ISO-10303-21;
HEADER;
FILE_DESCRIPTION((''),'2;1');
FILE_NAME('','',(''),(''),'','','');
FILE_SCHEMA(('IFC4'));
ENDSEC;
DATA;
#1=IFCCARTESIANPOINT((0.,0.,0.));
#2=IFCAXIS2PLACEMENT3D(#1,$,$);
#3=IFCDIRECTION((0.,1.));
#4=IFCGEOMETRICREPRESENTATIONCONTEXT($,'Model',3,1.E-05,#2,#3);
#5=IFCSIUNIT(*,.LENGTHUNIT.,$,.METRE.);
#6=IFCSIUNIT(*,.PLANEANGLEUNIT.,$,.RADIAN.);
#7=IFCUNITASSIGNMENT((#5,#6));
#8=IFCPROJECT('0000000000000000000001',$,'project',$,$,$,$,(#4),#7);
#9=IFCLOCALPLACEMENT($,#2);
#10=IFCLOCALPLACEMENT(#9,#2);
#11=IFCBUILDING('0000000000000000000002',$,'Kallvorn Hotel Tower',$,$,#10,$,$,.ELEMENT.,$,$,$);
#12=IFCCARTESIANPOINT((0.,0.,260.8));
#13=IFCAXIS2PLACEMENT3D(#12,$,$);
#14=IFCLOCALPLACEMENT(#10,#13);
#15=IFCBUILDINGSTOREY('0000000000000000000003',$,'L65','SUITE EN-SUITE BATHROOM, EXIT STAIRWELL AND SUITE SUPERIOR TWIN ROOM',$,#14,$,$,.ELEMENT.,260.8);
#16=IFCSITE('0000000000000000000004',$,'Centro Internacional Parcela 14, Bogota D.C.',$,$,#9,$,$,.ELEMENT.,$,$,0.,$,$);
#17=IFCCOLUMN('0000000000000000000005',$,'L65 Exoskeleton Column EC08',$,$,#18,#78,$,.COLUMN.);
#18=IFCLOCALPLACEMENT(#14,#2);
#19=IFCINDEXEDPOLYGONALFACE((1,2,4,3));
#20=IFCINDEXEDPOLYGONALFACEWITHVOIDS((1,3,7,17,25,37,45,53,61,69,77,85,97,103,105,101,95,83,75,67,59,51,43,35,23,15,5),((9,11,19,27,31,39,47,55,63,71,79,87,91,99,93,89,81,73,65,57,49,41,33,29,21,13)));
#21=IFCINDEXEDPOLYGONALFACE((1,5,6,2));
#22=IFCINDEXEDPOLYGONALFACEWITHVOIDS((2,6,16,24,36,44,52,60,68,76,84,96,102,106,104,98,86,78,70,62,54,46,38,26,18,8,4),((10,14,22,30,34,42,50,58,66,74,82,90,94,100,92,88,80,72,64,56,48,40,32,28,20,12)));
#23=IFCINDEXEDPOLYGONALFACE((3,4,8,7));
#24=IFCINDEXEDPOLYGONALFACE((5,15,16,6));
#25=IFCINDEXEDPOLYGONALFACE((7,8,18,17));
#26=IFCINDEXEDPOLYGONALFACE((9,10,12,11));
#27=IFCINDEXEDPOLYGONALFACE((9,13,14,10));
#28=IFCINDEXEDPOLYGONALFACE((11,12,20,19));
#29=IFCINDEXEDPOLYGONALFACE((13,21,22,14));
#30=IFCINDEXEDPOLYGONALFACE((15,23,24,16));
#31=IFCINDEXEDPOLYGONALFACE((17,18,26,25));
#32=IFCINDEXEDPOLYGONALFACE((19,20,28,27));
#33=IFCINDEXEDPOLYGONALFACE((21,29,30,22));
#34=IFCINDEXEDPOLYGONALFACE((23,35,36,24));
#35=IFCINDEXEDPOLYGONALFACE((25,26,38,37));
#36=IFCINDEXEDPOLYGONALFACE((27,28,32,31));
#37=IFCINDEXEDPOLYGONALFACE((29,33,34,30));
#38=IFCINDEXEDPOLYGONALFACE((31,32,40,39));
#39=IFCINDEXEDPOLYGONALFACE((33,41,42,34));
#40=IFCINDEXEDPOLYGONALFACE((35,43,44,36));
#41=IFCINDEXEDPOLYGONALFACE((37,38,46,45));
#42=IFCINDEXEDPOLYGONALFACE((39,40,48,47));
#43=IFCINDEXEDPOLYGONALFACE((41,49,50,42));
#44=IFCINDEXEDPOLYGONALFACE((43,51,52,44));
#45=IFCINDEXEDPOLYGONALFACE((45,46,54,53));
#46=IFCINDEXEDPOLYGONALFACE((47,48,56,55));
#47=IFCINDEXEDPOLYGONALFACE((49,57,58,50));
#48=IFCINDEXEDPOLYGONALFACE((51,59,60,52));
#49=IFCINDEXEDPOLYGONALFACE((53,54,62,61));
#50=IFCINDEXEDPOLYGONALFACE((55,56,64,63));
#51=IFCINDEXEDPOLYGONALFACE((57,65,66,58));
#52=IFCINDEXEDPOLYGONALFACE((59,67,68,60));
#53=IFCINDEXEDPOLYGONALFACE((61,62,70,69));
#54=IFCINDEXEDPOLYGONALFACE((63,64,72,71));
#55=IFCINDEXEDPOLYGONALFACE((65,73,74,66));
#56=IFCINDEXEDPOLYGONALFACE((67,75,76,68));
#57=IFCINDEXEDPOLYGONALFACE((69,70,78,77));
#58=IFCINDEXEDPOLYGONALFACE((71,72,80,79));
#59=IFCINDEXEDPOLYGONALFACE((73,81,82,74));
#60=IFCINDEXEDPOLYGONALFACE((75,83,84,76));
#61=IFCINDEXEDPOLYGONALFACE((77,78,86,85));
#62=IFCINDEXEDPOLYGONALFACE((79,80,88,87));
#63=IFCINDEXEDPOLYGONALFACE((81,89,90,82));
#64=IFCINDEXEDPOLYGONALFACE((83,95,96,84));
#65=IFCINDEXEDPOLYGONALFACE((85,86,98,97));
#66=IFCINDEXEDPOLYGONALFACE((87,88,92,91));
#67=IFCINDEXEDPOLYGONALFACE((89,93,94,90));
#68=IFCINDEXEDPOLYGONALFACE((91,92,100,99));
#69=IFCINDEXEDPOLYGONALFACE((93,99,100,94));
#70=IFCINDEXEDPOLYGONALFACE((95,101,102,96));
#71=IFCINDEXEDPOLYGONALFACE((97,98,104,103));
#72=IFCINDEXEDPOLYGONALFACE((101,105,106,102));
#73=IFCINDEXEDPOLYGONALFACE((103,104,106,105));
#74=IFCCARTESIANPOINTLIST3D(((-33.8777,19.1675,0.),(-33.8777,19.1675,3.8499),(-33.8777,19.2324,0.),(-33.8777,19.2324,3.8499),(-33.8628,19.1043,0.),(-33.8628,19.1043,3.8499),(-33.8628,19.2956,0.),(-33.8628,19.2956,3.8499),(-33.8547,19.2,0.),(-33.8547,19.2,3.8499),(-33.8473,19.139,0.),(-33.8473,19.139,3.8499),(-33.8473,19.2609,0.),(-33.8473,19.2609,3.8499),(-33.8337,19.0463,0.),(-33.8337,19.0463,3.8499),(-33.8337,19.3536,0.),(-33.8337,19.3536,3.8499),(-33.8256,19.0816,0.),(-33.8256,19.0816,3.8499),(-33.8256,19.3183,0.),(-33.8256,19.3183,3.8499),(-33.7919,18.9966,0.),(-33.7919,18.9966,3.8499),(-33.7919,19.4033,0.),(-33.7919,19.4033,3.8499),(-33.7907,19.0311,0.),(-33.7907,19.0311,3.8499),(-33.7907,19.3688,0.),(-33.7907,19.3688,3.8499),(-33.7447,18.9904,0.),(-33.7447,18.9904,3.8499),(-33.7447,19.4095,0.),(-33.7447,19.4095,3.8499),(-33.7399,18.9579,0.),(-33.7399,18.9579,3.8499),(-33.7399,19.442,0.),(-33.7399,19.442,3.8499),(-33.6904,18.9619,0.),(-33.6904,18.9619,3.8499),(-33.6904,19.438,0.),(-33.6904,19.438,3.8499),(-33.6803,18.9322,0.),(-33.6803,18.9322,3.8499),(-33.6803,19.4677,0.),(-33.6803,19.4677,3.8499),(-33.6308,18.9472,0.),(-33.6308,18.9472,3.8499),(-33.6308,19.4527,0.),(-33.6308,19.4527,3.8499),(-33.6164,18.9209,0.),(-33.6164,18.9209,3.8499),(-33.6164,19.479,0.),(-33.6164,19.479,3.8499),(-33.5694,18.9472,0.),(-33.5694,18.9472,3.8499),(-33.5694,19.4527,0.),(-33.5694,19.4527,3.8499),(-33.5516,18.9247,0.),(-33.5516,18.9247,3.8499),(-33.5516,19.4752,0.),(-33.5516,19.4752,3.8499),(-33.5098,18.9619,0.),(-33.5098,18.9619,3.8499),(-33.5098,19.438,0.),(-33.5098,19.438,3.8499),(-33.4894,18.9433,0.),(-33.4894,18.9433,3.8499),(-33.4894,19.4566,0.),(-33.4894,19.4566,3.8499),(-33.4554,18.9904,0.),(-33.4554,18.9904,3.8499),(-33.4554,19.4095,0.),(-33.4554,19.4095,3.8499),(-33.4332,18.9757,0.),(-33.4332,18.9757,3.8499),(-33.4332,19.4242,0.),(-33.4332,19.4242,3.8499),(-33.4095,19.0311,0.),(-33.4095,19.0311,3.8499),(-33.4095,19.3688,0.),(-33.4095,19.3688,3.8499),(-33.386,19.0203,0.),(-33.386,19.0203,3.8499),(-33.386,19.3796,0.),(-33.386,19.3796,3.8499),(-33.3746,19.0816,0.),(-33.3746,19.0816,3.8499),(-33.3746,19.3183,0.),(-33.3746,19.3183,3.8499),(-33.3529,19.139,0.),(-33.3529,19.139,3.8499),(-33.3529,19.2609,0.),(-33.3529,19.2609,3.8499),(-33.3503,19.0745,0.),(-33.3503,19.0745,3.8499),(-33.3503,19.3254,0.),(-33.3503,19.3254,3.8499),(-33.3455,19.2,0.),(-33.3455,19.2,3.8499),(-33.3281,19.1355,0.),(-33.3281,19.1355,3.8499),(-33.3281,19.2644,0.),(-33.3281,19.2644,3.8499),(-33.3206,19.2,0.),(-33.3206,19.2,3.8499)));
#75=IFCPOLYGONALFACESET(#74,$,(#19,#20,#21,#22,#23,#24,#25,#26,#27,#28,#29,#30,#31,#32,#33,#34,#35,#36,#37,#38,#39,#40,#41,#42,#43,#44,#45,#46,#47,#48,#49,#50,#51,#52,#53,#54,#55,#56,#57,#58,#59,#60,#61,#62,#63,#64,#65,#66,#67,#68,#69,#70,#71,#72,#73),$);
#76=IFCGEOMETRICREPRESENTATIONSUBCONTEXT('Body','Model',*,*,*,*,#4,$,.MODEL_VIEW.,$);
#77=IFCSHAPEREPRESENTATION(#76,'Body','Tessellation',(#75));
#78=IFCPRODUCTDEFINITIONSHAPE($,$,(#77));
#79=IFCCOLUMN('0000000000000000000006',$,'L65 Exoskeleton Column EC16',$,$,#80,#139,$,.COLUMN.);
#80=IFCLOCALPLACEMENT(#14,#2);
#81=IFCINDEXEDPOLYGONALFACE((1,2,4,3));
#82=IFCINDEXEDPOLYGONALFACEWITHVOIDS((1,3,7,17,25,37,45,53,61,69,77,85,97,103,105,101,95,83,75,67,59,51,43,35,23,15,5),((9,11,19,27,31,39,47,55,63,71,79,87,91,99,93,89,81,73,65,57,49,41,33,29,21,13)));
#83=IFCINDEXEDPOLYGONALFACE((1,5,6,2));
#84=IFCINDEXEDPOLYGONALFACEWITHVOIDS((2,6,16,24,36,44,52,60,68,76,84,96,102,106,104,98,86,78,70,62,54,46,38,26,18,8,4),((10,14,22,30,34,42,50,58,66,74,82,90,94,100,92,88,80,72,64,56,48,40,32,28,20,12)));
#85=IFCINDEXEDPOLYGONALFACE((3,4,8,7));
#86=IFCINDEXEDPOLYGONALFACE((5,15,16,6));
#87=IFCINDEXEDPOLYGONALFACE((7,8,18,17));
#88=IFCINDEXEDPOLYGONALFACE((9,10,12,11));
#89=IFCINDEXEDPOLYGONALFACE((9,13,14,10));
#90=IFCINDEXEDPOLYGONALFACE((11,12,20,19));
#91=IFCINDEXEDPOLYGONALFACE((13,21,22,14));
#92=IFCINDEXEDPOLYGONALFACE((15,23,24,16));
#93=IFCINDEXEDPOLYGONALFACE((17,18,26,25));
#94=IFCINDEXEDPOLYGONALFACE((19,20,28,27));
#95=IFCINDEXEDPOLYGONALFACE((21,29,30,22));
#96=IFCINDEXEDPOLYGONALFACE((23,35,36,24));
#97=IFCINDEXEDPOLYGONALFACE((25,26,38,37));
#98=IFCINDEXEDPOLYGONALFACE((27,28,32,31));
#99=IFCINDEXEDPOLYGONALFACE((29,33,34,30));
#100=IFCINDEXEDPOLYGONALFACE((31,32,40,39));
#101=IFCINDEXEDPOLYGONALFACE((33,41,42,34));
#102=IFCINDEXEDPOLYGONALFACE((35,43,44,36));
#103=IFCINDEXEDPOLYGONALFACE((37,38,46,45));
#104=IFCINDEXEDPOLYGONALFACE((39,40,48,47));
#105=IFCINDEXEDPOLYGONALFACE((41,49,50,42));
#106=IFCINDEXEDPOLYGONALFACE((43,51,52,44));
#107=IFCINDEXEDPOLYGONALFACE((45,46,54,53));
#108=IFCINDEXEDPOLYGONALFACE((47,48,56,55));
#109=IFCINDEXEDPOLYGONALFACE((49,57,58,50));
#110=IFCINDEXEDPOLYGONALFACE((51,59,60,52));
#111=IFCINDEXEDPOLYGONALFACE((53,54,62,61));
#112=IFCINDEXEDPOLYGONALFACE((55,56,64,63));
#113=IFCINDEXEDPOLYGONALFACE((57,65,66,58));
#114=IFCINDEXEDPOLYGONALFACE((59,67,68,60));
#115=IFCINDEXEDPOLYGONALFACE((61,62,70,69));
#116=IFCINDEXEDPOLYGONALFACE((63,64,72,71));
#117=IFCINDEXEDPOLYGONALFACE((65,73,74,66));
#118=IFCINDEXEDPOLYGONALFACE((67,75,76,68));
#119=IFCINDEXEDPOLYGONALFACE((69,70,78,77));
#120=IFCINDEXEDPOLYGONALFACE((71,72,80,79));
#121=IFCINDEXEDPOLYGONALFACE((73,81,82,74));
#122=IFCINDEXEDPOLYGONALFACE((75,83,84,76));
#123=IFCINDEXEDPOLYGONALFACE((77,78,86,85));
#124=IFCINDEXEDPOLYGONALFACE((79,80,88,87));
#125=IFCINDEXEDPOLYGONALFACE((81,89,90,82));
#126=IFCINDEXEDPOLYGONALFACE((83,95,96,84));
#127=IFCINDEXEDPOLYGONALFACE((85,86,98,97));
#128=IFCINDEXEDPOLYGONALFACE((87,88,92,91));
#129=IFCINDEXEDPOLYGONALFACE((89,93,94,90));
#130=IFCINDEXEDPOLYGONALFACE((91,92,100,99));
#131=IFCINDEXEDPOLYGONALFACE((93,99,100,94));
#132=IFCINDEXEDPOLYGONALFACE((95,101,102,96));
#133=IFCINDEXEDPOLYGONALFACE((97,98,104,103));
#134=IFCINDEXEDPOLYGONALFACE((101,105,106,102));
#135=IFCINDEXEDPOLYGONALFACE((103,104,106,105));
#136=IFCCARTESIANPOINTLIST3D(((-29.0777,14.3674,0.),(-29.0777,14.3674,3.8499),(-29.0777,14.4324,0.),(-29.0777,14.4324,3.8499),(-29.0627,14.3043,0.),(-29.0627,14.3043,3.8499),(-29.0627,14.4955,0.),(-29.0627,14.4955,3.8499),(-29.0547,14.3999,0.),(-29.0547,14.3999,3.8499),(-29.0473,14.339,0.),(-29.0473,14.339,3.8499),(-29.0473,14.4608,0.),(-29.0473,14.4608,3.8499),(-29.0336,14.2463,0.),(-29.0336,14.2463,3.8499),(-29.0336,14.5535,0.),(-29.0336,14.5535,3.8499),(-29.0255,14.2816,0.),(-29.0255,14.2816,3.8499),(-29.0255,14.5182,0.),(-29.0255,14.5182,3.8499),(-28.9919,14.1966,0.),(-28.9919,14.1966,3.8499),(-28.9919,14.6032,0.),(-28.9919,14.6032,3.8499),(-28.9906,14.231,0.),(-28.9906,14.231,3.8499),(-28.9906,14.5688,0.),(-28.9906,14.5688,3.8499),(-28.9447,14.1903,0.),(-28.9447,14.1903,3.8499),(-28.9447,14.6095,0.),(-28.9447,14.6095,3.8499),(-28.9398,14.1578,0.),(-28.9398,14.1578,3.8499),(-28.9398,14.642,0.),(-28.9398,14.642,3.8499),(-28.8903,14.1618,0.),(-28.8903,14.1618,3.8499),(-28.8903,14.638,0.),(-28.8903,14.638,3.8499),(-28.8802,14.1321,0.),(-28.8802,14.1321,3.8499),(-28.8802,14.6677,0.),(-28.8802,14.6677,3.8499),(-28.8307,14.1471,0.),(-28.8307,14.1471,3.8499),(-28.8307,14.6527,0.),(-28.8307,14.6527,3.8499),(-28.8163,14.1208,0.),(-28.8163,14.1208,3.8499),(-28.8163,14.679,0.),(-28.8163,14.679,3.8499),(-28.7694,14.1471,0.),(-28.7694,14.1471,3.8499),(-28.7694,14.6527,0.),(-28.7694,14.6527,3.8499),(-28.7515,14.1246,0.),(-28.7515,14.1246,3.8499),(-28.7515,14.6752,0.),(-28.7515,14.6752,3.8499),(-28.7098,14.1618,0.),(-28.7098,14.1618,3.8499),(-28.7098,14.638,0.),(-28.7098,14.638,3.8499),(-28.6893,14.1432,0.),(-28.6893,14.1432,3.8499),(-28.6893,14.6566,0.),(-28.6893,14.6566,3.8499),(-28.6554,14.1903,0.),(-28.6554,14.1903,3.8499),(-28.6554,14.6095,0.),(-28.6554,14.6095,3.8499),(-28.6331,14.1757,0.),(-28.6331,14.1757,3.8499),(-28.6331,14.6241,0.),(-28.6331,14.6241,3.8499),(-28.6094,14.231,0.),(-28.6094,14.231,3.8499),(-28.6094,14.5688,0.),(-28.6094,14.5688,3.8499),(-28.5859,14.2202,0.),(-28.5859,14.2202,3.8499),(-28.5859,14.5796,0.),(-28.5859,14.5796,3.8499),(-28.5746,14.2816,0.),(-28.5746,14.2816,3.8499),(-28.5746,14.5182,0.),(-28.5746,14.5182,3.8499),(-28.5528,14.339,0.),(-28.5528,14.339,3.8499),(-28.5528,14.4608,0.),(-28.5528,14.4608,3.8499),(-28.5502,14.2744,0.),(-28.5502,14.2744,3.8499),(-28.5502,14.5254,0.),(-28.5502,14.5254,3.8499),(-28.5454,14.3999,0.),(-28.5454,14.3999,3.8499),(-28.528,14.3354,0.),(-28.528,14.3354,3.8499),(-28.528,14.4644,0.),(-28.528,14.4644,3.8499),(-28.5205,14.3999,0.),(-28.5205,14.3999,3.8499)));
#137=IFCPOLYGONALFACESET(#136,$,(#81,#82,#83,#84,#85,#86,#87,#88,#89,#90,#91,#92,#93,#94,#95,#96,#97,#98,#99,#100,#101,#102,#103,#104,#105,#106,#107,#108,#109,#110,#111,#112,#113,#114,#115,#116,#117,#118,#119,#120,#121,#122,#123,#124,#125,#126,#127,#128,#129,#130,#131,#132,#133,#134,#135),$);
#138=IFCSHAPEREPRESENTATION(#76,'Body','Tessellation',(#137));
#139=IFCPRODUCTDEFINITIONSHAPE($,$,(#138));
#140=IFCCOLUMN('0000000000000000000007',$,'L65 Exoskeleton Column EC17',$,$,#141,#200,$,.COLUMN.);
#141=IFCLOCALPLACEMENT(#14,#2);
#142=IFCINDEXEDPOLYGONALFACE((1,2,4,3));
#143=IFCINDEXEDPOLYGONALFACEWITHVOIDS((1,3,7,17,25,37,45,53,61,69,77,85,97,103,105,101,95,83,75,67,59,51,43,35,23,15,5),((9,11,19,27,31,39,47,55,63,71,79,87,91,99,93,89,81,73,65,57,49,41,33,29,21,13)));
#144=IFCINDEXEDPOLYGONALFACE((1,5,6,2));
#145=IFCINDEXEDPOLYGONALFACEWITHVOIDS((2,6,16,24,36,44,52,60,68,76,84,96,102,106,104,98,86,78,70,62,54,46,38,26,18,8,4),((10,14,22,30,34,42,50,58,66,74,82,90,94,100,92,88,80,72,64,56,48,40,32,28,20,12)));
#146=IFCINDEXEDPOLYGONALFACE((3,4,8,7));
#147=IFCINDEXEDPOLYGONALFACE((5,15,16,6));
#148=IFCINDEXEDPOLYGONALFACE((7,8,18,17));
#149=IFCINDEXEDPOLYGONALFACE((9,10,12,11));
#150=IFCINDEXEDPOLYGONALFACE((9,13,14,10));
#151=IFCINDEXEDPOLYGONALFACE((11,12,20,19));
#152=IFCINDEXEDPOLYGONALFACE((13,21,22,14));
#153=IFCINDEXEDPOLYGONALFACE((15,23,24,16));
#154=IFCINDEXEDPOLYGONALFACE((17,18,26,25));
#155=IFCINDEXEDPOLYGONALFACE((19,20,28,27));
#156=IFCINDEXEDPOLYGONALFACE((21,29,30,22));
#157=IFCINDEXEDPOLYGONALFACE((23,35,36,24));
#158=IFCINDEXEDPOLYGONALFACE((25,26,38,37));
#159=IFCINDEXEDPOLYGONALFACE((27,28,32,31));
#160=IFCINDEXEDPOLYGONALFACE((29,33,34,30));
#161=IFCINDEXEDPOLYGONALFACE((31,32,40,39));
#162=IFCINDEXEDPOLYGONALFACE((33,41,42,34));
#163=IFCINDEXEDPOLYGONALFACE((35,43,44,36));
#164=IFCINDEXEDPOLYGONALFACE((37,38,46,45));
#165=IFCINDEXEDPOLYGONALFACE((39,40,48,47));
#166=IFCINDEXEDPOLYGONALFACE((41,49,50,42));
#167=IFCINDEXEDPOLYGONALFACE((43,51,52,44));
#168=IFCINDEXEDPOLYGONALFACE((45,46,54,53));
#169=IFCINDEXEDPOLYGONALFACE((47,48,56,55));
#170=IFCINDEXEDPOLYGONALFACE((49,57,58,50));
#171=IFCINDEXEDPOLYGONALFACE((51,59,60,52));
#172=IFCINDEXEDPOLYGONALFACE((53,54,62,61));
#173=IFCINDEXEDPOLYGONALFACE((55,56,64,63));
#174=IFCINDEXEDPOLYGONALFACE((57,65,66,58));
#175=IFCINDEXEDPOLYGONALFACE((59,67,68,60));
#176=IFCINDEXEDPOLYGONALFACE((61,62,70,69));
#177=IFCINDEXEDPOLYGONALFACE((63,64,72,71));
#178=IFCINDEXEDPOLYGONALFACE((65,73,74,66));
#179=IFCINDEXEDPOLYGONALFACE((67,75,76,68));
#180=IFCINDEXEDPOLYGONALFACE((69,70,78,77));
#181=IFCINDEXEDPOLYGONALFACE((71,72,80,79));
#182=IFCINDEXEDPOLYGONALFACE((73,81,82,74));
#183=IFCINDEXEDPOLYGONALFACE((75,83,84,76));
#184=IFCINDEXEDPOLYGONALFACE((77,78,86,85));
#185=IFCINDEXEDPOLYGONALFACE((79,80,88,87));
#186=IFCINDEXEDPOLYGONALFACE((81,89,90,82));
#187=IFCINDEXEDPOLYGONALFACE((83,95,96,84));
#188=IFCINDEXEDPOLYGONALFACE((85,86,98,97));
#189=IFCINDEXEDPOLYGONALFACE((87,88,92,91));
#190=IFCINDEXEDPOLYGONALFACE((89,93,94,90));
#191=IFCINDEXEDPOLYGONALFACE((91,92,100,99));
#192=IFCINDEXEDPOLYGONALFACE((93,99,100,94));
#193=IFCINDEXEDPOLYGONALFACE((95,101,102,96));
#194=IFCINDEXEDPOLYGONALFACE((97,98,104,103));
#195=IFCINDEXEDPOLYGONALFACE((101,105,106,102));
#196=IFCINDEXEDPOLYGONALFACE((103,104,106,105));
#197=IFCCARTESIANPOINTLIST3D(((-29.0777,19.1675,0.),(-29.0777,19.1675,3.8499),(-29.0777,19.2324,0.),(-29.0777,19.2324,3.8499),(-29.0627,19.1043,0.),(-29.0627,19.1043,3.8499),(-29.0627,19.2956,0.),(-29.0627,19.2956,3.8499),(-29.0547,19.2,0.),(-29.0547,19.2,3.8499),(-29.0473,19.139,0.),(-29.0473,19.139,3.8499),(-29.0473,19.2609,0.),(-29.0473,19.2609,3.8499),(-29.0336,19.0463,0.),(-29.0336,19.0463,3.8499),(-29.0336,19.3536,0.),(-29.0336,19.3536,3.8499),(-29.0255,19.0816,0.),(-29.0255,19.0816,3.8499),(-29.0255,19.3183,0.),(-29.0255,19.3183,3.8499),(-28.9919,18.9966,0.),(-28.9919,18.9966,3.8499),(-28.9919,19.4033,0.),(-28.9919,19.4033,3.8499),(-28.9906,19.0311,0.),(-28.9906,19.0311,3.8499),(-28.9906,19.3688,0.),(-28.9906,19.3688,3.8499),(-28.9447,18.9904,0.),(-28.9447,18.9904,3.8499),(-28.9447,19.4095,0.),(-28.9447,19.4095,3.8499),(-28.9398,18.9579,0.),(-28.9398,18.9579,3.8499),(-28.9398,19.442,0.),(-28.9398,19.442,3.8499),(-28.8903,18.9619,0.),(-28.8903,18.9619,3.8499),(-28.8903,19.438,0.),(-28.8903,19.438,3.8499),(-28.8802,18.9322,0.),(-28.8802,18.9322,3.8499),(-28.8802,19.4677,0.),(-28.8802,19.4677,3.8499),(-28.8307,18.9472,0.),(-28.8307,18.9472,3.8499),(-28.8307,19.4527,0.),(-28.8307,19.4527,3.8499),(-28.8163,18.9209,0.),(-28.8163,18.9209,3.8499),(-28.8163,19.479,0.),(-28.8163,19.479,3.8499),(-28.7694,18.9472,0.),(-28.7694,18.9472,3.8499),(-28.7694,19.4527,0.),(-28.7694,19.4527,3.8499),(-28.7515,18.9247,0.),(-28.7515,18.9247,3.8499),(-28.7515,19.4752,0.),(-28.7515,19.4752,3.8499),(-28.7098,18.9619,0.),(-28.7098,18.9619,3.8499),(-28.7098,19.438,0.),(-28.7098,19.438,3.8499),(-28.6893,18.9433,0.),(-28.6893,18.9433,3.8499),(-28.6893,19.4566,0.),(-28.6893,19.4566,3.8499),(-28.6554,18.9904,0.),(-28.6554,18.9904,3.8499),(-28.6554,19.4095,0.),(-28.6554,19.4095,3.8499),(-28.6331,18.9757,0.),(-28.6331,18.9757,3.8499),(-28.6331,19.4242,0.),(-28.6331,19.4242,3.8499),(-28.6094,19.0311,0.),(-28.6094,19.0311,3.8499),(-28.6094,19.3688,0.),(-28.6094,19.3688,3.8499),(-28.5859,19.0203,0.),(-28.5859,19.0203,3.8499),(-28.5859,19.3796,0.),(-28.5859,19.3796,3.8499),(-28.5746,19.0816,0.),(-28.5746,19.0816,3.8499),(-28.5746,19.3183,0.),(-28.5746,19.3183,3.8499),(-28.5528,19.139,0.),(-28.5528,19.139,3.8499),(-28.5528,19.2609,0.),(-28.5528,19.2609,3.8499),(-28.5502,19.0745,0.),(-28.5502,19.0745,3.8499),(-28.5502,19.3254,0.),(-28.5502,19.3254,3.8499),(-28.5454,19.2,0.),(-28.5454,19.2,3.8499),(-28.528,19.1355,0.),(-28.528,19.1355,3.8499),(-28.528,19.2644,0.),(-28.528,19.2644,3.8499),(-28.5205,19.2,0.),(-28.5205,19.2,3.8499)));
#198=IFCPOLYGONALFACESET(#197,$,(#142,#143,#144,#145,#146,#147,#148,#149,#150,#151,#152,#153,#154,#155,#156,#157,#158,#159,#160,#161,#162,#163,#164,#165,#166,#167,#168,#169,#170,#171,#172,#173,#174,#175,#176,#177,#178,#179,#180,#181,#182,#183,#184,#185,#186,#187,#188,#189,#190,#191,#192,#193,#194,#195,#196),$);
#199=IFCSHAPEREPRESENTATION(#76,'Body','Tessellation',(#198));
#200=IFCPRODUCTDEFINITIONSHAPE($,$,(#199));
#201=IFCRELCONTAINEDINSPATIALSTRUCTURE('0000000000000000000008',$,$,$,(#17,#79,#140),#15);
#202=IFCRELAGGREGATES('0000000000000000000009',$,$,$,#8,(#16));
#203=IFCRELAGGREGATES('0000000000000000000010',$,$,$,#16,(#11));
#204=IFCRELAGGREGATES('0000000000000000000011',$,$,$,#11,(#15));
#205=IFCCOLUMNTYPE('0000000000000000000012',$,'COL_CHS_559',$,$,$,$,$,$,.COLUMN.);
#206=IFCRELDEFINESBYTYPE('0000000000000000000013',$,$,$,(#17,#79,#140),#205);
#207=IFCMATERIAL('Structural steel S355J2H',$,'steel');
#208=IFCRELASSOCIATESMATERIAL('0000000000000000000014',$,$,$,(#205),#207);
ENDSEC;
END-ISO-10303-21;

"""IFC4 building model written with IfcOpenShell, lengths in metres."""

from ifc_helpers import new_model, si_unit, direction, frame, origin, origin_2d, place, context, subcontext, project, spatial, hollow_circle, extrude, material, material_profile, profile_set, type_object, element, save


model = new_model("IFC4")

# Units and contexts
model_context = context("Model", 3, precision=1e-05, world=origin(), true_north=direction((0.0, 1.0)))
body_context = subcontext(model_context, "Body", "Model", "MODEL_VIEW")
ifc_project = project(units=[si_unit("LENGTHUNIT", "METRE"), si_unit("PLANEANGLEUNIT", "RADIAN")], contexts=[model_context])

# Site, building, storey
site_placement = place(None, origin())
site = spatial("IfcSite", under=ifc_project, at=site_placement, Name="Centro Internacional Parcela 14, Bogota D.C.", CompositionType="ELEMENT", RefElevation=0.0)
building_placement = place(site_placement, origin())
building = spatial("IfcBuilding", under=site, at=building_placement, Name="Kallvorn Hotel Tower", CompositionType="ELEMENT")
storey_placement = place(building_placement, frame((0.0, 0.0, 260.8)))
storey = spatial("IfcBuildingStorey", under=building, at=storey_placement, Name="L65", Description="SUITE EN-SUITE BATHROOM, EXIT STAIRWELL AND SUITE SUPERIOR TWIN ROOM", CompositionType="ELEMENT", Elevation=260.8)

# Columns
ifc_material_1 = material(Name="Structural steel S355J2H", Category="steel")
ifc_material_profile_1 = material_profile(ifc_material_1, hollow_circle(Radius=0.2795, WallThickness=0.0249, at=origin_2d()), Name="CHS 559x25")
ifc_profile_set_1 = profile_set([ifc_material_profile_1], Name="Structural steel S355J2H")
column_type_1 = type_object("IfcColumnType", Name="COL_CHS_559", PredefinedType="COLUMN", material=ifc_profile_set_1)
for number, where, z_axis, x_axis, name in (
    (1, (-33.6001, 19.2, 0.0), (0.0, 0.0, 1.0), (1.0, 0.0, 0.0), "L65 Exoskeleton Column EC08"),
    (2, (-28.8, 14.3999, 0.0), (0.0, 0.0, 1.0), (1.0, 0.0, 0.0), "L65 Exoskeleton Column EC16"),
    (3, (-28.8, 19.2, 0.0), (0.0, 0.0, 1.0), (1.0, 0.0, 0.0), "L65 Exoskeleton Column EC17"),
):
    element("IfcColumn", number, at=place(storey_placement, frame(where, z_axis=z_axis, x_axis=x_axis)), inside=storey, type_object=column_type_1, Name=name, PredefinedType="COLUMN", context=body_context, shape_type="SweptSolid", body=[
        extrude(hollow_circle(Radius=0.2795, WallThickness=0.0249, at=origin_2d()), origin(), (0.0, 0.0, 1.0), 3.8499),
    ])

save(model, "model.ifc")
